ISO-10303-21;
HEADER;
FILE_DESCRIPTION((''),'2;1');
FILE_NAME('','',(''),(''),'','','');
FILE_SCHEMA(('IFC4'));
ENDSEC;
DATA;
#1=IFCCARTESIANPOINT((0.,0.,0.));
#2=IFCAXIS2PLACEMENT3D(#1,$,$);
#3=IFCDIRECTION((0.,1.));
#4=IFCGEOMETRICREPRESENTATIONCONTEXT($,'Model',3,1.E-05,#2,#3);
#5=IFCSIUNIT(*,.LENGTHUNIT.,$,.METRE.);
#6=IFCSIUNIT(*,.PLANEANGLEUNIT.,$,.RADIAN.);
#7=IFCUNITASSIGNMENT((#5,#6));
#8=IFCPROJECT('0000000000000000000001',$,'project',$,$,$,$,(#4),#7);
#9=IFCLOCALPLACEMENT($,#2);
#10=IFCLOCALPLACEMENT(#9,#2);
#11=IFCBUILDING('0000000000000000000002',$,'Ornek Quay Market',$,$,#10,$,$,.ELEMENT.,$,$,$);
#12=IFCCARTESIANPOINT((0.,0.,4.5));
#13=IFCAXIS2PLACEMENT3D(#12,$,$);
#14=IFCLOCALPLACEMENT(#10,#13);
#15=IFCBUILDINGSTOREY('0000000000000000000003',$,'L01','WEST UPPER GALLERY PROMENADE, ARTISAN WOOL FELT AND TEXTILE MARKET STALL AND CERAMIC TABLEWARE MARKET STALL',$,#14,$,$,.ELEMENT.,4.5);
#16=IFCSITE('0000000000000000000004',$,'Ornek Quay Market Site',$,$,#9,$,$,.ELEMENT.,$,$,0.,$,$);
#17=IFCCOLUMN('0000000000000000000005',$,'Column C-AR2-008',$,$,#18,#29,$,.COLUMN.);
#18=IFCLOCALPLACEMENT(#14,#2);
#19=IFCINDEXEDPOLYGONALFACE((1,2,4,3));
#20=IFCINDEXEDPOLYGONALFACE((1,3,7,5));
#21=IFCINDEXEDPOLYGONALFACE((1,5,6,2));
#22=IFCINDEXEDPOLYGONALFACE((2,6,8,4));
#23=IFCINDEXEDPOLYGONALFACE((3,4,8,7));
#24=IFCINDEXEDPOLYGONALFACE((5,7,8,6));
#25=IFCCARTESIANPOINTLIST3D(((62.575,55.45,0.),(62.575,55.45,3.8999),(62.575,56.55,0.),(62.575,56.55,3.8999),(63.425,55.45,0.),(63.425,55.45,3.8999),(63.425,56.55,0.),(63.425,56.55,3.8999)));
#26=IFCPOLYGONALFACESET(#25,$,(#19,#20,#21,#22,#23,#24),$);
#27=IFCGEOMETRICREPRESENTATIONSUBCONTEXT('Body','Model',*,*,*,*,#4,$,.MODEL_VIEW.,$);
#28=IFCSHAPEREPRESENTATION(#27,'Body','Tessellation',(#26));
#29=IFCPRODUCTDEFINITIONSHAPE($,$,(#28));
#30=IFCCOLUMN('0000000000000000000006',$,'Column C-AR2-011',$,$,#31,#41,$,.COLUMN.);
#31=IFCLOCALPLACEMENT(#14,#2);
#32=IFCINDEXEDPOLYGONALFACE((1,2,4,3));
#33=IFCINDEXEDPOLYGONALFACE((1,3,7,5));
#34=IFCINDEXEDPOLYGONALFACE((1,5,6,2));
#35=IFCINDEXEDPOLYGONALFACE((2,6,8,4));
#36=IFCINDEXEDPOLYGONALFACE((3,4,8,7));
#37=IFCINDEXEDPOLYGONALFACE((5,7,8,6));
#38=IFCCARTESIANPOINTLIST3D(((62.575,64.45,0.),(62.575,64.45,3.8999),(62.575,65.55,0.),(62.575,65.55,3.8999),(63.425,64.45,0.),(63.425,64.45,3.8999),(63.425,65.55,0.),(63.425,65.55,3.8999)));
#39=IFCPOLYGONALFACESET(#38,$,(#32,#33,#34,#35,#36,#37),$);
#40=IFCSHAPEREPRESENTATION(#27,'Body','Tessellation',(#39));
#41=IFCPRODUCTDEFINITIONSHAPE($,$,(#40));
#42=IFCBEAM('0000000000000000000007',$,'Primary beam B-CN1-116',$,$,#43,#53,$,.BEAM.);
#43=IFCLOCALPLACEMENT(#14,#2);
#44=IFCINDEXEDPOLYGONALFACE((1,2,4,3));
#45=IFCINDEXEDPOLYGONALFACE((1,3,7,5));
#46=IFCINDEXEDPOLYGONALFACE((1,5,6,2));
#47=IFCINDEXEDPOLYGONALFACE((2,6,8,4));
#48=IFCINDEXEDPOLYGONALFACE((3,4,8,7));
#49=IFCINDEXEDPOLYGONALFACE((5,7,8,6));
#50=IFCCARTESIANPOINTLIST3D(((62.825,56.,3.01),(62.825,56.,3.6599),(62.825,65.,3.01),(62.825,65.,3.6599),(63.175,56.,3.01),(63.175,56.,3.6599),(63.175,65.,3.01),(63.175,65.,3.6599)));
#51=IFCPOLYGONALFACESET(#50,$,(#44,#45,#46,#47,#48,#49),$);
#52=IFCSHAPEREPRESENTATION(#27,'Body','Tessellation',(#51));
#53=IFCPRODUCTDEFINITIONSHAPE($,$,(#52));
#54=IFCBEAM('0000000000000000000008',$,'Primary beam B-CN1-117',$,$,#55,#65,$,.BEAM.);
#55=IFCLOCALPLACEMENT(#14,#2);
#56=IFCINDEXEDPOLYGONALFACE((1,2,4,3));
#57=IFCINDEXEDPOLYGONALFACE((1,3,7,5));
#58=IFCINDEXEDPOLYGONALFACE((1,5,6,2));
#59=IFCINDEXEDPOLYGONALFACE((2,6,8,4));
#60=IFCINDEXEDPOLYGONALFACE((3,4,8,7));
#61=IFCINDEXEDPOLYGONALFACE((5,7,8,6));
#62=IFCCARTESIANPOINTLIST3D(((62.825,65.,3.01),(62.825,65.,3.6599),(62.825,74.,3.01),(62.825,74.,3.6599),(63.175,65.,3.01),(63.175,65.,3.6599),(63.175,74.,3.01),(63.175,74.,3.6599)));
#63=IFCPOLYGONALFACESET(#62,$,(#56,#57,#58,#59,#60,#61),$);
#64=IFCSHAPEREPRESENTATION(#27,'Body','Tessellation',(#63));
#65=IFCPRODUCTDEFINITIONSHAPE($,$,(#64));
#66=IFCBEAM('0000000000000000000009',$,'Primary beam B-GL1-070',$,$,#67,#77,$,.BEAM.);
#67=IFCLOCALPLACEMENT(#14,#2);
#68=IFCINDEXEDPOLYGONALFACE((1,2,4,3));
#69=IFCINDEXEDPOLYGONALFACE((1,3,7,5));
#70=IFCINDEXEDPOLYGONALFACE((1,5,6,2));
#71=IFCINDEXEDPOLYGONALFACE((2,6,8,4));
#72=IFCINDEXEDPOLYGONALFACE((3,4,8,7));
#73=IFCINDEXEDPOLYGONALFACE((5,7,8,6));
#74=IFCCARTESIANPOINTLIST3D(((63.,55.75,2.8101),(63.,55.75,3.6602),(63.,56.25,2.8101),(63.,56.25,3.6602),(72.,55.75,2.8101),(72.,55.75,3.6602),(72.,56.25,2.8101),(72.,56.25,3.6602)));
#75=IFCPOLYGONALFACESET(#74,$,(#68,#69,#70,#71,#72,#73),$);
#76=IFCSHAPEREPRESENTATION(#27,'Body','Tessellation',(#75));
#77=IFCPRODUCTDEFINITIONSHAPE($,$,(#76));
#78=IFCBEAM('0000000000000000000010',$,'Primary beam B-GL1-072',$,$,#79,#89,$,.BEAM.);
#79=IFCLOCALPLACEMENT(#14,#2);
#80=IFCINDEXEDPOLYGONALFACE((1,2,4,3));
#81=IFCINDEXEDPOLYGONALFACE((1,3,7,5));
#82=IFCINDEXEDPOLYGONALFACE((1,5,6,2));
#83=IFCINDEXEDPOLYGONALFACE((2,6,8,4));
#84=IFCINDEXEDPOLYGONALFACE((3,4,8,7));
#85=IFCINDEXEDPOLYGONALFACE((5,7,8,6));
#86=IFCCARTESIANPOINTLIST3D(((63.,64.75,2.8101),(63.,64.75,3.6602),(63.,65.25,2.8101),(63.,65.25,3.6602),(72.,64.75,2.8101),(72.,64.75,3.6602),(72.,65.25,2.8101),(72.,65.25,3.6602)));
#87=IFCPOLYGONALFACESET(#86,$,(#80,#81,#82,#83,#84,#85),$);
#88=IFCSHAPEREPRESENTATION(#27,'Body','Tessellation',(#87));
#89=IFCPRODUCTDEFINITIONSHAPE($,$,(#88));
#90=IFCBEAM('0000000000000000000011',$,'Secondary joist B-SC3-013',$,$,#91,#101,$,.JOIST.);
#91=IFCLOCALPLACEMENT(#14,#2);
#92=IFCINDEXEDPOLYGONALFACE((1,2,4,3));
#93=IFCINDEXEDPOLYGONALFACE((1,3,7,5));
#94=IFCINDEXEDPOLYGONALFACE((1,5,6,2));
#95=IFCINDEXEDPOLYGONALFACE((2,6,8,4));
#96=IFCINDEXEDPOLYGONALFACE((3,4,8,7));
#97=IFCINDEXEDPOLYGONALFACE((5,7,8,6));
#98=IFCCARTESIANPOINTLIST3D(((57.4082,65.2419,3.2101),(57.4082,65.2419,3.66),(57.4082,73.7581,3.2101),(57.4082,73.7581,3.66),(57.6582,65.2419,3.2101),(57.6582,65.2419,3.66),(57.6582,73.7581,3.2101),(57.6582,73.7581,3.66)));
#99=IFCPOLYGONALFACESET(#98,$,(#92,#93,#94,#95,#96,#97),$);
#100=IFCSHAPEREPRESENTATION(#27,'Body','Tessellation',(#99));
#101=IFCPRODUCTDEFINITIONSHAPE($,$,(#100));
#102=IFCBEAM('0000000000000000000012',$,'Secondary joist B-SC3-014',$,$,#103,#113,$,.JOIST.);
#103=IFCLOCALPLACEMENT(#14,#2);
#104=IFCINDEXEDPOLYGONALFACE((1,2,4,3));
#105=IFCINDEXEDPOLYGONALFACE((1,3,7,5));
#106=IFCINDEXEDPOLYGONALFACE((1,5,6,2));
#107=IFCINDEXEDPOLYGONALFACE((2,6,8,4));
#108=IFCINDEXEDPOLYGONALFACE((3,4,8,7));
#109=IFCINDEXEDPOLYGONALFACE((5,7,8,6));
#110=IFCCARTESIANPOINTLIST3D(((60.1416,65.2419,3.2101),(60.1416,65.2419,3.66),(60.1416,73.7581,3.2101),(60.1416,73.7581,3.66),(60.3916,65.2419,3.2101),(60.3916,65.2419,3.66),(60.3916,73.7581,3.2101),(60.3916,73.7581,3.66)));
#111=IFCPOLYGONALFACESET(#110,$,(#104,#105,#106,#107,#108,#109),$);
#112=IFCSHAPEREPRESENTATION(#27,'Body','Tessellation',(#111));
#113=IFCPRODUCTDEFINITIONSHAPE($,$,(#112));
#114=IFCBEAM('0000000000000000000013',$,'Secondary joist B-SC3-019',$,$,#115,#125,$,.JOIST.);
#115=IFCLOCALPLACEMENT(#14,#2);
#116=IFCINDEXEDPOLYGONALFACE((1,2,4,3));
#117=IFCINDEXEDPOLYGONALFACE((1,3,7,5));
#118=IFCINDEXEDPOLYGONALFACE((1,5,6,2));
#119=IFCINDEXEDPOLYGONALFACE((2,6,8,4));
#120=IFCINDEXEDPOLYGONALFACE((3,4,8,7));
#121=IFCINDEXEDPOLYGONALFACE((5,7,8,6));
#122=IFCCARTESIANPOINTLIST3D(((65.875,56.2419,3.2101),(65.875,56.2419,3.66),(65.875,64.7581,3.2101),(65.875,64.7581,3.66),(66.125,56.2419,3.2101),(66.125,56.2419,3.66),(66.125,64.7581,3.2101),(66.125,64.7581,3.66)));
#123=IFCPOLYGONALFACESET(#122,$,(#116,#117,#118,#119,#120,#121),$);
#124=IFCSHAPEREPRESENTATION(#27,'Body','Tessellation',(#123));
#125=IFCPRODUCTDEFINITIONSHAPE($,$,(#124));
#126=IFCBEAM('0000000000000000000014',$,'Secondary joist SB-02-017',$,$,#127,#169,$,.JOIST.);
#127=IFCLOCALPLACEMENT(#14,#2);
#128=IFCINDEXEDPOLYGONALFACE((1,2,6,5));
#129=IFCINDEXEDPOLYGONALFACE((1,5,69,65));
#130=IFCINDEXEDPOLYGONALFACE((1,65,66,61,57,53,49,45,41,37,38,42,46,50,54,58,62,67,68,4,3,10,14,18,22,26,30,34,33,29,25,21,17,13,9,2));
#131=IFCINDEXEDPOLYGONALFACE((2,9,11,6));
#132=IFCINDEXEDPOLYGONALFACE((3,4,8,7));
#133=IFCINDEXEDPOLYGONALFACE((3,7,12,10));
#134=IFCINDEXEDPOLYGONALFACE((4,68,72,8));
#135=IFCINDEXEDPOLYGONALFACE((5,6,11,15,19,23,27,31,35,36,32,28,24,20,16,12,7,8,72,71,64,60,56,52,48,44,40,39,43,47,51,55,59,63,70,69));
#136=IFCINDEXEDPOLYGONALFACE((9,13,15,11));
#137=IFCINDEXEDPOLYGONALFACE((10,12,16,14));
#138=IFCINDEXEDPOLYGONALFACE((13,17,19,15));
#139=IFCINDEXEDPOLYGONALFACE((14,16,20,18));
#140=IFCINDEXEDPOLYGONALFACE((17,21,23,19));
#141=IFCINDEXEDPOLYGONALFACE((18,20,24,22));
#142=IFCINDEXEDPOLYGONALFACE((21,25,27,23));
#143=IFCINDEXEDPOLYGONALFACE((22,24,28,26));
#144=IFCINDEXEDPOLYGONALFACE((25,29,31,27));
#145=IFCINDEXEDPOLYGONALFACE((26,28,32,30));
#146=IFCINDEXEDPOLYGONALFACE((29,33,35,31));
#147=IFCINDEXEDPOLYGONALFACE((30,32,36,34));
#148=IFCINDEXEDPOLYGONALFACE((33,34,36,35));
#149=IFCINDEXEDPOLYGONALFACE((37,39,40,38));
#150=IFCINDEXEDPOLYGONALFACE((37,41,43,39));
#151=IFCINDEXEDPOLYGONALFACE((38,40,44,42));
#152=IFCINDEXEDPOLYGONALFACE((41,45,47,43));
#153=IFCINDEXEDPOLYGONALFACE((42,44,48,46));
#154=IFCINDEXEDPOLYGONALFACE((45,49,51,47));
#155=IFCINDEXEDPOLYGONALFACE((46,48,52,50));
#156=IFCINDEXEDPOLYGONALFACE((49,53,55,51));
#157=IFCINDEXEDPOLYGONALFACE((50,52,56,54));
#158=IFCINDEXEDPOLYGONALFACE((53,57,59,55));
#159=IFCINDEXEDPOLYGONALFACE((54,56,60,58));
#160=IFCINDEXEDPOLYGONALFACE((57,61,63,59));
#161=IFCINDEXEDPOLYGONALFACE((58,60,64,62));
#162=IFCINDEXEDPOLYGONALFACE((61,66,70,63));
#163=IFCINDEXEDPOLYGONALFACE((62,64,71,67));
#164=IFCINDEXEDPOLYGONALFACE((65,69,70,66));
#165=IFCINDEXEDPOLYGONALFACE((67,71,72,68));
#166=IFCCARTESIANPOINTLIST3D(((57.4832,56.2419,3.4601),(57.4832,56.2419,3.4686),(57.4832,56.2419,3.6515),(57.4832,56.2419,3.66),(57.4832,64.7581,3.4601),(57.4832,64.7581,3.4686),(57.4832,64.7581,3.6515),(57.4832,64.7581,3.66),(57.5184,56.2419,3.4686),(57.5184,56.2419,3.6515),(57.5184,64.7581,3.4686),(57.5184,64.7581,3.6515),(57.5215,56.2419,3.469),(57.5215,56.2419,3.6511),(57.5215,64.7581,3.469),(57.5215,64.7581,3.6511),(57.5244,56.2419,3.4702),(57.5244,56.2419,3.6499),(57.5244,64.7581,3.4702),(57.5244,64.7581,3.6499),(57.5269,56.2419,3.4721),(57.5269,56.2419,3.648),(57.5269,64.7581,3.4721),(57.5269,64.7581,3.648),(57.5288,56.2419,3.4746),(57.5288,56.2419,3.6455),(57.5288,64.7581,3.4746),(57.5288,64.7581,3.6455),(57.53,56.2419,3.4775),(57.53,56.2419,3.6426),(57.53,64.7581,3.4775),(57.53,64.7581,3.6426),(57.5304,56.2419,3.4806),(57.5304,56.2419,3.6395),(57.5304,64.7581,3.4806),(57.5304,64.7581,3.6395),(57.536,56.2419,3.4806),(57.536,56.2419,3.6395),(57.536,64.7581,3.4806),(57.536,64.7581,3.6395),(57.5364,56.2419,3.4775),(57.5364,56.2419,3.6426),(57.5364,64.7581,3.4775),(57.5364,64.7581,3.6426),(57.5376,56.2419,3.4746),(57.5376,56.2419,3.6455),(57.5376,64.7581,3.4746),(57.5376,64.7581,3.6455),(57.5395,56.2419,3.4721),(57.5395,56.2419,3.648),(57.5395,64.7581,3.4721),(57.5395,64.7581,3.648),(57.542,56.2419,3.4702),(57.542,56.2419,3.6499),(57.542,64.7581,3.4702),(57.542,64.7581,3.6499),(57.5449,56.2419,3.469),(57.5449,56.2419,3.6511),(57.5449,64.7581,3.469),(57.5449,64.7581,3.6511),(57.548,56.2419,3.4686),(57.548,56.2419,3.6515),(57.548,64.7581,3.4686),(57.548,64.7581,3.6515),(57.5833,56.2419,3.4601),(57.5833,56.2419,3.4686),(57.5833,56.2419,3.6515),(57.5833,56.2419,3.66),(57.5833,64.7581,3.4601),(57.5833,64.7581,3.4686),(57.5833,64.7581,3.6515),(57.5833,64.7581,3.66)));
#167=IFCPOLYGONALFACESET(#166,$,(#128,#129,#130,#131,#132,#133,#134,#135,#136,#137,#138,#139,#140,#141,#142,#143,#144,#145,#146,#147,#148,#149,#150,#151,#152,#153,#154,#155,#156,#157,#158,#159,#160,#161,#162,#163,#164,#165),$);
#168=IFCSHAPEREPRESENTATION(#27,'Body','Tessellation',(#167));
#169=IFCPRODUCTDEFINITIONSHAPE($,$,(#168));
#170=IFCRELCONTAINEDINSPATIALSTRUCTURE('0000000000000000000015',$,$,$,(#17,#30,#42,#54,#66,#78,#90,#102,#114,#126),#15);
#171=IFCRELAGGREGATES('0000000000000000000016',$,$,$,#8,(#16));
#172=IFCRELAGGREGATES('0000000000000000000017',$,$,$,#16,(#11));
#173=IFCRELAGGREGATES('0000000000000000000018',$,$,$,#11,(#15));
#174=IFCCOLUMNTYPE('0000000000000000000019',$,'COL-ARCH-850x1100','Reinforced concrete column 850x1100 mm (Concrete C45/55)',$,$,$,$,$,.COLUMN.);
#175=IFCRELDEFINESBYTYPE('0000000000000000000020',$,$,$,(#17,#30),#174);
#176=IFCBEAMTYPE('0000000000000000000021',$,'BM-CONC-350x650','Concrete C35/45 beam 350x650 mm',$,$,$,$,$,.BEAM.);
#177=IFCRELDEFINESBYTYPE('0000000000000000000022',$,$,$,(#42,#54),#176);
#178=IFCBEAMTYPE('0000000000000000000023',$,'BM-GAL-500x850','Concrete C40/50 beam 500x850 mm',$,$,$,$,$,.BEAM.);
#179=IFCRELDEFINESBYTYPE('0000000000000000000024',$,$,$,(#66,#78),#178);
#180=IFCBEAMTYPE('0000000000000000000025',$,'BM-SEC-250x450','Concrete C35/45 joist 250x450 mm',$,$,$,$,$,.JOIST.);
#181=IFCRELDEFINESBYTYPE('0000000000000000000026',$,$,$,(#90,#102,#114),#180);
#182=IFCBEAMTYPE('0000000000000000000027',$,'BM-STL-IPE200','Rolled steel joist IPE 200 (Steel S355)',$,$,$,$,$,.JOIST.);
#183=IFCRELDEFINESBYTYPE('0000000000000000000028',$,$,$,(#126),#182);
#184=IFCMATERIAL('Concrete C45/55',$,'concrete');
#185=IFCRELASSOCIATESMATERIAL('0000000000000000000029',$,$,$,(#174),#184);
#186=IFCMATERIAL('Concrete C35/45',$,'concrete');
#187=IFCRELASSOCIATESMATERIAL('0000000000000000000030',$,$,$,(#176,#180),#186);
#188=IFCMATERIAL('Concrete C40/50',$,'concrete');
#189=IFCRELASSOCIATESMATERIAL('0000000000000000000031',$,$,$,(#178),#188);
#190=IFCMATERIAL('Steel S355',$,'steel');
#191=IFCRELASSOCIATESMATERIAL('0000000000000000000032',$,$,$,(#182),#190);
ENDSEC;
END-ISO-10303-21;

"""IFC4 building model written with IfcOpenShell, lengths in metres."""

from ifc_helpers import new_model, si_unit, direction, frame, origin, origin_2d, place, context, subcontext, project, spatial, rectangle, i_section, extrude, material, material_profile, profile_set, type_object, element, save


model = new_model("IFC4")

# Units and contexts
model_context = context("Model", 3, precision=1e-05, world=origin(), true_north=direction((0.0, 1.0)))
body_context = subcontext(model_context, "Body", "Model", "MODEL_VIEW")
ifc_project = project(units=[si_unit("LENGTHUNIT", "METRE"), si_unit("PLANEANGLEUNIT", "RADIAN")], contexts=[model_context])

# Site, building, storey
site_placement = place(None, origin())
site = spatial("IfcSite", under=ifc_project, at=site_placement, Name="Ornek Quay Market Site", CompositionType="ELEMENT", RefElevation=0.0)
building_placement = place(site_placement, origin())
building = spatial("IfcBuilding", under=site, at=building_placement, Name="Ornek Quay Market", CompositionType="ELEMENT")
storey_placement = place(building_placement, frame((0.0, 0.0, 4.5)))
storey = spatial("IfcBuildingStorey", under=building, at=storey_placement, Name="L01", Description="WEST UPPER GALLERY PROMENADE, ARTISAN WOOL FELT AND TEXTILE MARKET STALL AND CERAMIC TABLEWARE MARKET STALL", CompositionType="ELEMENT", Elevation=4.5)

# Columns
ifc_material_1 = material(Name="Concrete C45/55", Category="concrete")
ifc_material_profile_1 = material_profile(ifc_material_1, rectangle(XDim=0.8501, YDim=1.1001, at=origin_2d()), Name="RC 850x1100", Category="concrete")
ifc_profile_set_1 = profile_set([ifc_material_profile_1], Name="Concrete C45/55")
column_type = type_object("IfcColumnType", Name="COL-ARCH-850x1100", Description="Reinforced concrete column 850x1100 mm (Concrete C45/55)", PredefinedType="COLUMN", material=ifc_profile_set_1)
for number, where, z_axis, x_axis, name in (
    (1, (63.0, 56.0, 0.0), (0.0, 0.0, 1.0), (1.0, 0.0, 0.0), "Column C-AR2-008"),
    (2, (63.0, 65.0, 0.0), (0.0, 0.0, 1.0), (1.0, 0.0, 0.0), "Column C-AR2-011"),
):
    element("IfcColumn", number, at=place(storey_placement, frame(where, z_axis=z_axis, x_axis=x_axis)), inside=storey, type_object=column_type, Name=name, PredefinedType="COLUMN", context=body_context, shape_type="SweptSolid", body=[
        extrude(rectangle(XDim=0.8501, YDim=1.1001, at=origin_2d()), origin(), (0.0, 0.0, 1.0), 3.8999),
    ])

# Beams
ifc_material_2 = material(Name="Concrete C35/45", Category="concrete")
ifc_material_profile_2 = material_profile(ifc_material_2, rectangle(XDim=0.3501, YDim=0.6499, at=origin_2d()), Name="RC 350x650", Category="concrete")
ifc_profile_set_2 = profile_set([ifc_material_profile_2], Name="Concrete C35/45")
beam_type_1 = type_object("IfcBeamType", Name="BM-CONC-350x650", Description="Concrete C35/45 beam 350x650 mm", PredefinedType="BEAM", material=ifc_profile_set_2)
for number, where, z_axis, x_axis, name in (
    (3, (63.0, 56.0, 3.335), (0.0, 1.0, 0.0), (-1.0, 0.0, 0.0), "Primary beam B-CN1-116"),
    (4, (63.0, 65.0, 3.335), (0.0, 1.0, 0.0), (-1.0, 0.0, 0.0), "Primary beam B-CN1-117"),
):
    element("IfcBeam", number, at=place(storey_placement, frame(where, z_axis=z_axis, x_axis=x_axis)), inside=storey, type_object=beam_type_1, Name=name, PredefinedType="BEAM", context=body_context, shape_type="SweptSolid", body=[
        extrude(rectangle(XDim=0.3501, YDim=0.6499, at=origin_2d()), origin(), (0.0, 0.0, 1.0), 9.0),
    ])
ifc_material_3 = material(Name="Concrete C40/50", Category="concrete")
ifc_material_profile_3 = material_profile(ifc_material_3, rectangle(XDim=0.5, YDim=0.8501, at=origin_2d()), Name="RC 500x850", Category="concrete")
ifc_profile_set_3 = profile_set([ifc_material_profile_3], Name="Concrete C40/50")
beam_type_2 = type_object("IfcBeamType", Name="BM-GAL-500x850", Description="Concrete C40/50 beam 500x850 mm", PredefinedType="BEAM", material=ifc_profile_set_3)
for number, where, z_axis, x_axis, name in (
    (5, (63.0, 56.0, 3.2351), (1.0, 0.0, 0.0), (0.0, 1.0, 0.0), "Primary beam B-GL1-070"),
    (6, (63.0, 65.0, 3.2351), (1.0, 0.0, 0.0), (0.0, 1.0, 0.0), "Primary beam B-GL1-072"),
):
    element("IfcBeam", number, at=place(storey_placement, frame(where, z_axis=z_axis, x_axis=x_axis)), inside=storey, type_object=beam_type_2, Name=name, PredefinedType="BEAM", context=body_context, shape_type="SweptSolid", body=[
        extrude(rectangle(XDim=0.5, YDim=0.8501, at=origin_2d()), origin(), (0.0, 0.0, 1.0), 9.0),
    ])
ifc_material_profile_4 = material_profile(ifc_material_2, rectangle(XDim=0.25, YDim=0.45, at=origin_2d()), Name="RC 250x450", Category="concrete")
ifc_profile_set_4 = profile_set([ifc_material_profile_4], Name="Concrete C35/45")
beam_type_3 = type_object("IfcBeamType", Name="BM-SEC-250x450", Description="Concrete C35/45 joist 250x450 mm", PredefinedType="JOIST", material=ifc_profile_set_4)
for number, where, z_axis, x_axis, name in (
    (7, (57.5332, 65.2419, 3.4351), (0.0, 1.0, 0.0), (-1.0, 0.0, 0.0), "Secondary joist B-SC3-013"),
    (8, (60.2666, 65.2419, 3.4351), (0.0, 1.0, 0.0), (-1.0, 0.0, 0.0), "Secondary joist B-SC3-014"),
    (9, (66.0, 56.2419, 3.4351), (0.0, 1.0, 0.0), (-1.0, 0.0, 0.0), "Secondary joist B-SC3-019"),
):
    element("IfcBeam", number, at=place(storey_placement, frame(where, z_axis=z_axis, x_axis=x_axis)), inside=storey, type_object=beam_type_3, Name=name, PredefinedType="JOIST", context=body_context, shape_type="SweptSolid", body=[
        extrude(rectangle(XDim=0.25, YDim=0.45, at=origin_2d()), origin(), (0.0, 0.0, 1.0), 8.5161),
    ])
ifc_material_4 = material(Name="Steel S355", Category="steel")
ifc_material_profile_5 = material_profile(ifc_material_4, i_section(OverallWidth=0.1001, OverallDepth=0.2, WebThickness=0.0056, FlangeThickness=0.0085, FilletRadius=0.012, at=origin_2d()), Name="IPE 200", Category="steel")
ifc_profile_set_5 = profile_set([ifc_material_profile_5], Name="Steel S355")
beam_type_4 = type_object("IfcBeamType", Name="BM-STL-IPE200", Description="Rolled steel joist IPE 200 (Steel S355)", PredefinedType="JOIST", material=ifc_profile_set_5)
for number, where, z_axis, x_axis, name in (
    (10, (57.5332, 56.2419, 3.5601), (0.0, 1.0, 0.0), (-1.0, 0.0, 0.0), "Secondary joist SB-02-017"),
):
    element("IfcBeam", number, at=place(storey_placement, frame(where, z_axis=z_axis, x_axis=x_axis)), inside=storey, type_object=beam_type_4, Name=name, PredefinedType="JOIST", context=body_context, shape_type="SweptSolid", body=[
        extrude(i_section(OverallWidth=0.1001, OverallDepth=0.2, WebThickness=0.0056, FlangeThickness=0.0085, FilletRadius=0.012, at=origin_2d()), origin(), (0.0, 0.0, 1.0), 8.5161),
    ])

save(model, "model.ifc")
